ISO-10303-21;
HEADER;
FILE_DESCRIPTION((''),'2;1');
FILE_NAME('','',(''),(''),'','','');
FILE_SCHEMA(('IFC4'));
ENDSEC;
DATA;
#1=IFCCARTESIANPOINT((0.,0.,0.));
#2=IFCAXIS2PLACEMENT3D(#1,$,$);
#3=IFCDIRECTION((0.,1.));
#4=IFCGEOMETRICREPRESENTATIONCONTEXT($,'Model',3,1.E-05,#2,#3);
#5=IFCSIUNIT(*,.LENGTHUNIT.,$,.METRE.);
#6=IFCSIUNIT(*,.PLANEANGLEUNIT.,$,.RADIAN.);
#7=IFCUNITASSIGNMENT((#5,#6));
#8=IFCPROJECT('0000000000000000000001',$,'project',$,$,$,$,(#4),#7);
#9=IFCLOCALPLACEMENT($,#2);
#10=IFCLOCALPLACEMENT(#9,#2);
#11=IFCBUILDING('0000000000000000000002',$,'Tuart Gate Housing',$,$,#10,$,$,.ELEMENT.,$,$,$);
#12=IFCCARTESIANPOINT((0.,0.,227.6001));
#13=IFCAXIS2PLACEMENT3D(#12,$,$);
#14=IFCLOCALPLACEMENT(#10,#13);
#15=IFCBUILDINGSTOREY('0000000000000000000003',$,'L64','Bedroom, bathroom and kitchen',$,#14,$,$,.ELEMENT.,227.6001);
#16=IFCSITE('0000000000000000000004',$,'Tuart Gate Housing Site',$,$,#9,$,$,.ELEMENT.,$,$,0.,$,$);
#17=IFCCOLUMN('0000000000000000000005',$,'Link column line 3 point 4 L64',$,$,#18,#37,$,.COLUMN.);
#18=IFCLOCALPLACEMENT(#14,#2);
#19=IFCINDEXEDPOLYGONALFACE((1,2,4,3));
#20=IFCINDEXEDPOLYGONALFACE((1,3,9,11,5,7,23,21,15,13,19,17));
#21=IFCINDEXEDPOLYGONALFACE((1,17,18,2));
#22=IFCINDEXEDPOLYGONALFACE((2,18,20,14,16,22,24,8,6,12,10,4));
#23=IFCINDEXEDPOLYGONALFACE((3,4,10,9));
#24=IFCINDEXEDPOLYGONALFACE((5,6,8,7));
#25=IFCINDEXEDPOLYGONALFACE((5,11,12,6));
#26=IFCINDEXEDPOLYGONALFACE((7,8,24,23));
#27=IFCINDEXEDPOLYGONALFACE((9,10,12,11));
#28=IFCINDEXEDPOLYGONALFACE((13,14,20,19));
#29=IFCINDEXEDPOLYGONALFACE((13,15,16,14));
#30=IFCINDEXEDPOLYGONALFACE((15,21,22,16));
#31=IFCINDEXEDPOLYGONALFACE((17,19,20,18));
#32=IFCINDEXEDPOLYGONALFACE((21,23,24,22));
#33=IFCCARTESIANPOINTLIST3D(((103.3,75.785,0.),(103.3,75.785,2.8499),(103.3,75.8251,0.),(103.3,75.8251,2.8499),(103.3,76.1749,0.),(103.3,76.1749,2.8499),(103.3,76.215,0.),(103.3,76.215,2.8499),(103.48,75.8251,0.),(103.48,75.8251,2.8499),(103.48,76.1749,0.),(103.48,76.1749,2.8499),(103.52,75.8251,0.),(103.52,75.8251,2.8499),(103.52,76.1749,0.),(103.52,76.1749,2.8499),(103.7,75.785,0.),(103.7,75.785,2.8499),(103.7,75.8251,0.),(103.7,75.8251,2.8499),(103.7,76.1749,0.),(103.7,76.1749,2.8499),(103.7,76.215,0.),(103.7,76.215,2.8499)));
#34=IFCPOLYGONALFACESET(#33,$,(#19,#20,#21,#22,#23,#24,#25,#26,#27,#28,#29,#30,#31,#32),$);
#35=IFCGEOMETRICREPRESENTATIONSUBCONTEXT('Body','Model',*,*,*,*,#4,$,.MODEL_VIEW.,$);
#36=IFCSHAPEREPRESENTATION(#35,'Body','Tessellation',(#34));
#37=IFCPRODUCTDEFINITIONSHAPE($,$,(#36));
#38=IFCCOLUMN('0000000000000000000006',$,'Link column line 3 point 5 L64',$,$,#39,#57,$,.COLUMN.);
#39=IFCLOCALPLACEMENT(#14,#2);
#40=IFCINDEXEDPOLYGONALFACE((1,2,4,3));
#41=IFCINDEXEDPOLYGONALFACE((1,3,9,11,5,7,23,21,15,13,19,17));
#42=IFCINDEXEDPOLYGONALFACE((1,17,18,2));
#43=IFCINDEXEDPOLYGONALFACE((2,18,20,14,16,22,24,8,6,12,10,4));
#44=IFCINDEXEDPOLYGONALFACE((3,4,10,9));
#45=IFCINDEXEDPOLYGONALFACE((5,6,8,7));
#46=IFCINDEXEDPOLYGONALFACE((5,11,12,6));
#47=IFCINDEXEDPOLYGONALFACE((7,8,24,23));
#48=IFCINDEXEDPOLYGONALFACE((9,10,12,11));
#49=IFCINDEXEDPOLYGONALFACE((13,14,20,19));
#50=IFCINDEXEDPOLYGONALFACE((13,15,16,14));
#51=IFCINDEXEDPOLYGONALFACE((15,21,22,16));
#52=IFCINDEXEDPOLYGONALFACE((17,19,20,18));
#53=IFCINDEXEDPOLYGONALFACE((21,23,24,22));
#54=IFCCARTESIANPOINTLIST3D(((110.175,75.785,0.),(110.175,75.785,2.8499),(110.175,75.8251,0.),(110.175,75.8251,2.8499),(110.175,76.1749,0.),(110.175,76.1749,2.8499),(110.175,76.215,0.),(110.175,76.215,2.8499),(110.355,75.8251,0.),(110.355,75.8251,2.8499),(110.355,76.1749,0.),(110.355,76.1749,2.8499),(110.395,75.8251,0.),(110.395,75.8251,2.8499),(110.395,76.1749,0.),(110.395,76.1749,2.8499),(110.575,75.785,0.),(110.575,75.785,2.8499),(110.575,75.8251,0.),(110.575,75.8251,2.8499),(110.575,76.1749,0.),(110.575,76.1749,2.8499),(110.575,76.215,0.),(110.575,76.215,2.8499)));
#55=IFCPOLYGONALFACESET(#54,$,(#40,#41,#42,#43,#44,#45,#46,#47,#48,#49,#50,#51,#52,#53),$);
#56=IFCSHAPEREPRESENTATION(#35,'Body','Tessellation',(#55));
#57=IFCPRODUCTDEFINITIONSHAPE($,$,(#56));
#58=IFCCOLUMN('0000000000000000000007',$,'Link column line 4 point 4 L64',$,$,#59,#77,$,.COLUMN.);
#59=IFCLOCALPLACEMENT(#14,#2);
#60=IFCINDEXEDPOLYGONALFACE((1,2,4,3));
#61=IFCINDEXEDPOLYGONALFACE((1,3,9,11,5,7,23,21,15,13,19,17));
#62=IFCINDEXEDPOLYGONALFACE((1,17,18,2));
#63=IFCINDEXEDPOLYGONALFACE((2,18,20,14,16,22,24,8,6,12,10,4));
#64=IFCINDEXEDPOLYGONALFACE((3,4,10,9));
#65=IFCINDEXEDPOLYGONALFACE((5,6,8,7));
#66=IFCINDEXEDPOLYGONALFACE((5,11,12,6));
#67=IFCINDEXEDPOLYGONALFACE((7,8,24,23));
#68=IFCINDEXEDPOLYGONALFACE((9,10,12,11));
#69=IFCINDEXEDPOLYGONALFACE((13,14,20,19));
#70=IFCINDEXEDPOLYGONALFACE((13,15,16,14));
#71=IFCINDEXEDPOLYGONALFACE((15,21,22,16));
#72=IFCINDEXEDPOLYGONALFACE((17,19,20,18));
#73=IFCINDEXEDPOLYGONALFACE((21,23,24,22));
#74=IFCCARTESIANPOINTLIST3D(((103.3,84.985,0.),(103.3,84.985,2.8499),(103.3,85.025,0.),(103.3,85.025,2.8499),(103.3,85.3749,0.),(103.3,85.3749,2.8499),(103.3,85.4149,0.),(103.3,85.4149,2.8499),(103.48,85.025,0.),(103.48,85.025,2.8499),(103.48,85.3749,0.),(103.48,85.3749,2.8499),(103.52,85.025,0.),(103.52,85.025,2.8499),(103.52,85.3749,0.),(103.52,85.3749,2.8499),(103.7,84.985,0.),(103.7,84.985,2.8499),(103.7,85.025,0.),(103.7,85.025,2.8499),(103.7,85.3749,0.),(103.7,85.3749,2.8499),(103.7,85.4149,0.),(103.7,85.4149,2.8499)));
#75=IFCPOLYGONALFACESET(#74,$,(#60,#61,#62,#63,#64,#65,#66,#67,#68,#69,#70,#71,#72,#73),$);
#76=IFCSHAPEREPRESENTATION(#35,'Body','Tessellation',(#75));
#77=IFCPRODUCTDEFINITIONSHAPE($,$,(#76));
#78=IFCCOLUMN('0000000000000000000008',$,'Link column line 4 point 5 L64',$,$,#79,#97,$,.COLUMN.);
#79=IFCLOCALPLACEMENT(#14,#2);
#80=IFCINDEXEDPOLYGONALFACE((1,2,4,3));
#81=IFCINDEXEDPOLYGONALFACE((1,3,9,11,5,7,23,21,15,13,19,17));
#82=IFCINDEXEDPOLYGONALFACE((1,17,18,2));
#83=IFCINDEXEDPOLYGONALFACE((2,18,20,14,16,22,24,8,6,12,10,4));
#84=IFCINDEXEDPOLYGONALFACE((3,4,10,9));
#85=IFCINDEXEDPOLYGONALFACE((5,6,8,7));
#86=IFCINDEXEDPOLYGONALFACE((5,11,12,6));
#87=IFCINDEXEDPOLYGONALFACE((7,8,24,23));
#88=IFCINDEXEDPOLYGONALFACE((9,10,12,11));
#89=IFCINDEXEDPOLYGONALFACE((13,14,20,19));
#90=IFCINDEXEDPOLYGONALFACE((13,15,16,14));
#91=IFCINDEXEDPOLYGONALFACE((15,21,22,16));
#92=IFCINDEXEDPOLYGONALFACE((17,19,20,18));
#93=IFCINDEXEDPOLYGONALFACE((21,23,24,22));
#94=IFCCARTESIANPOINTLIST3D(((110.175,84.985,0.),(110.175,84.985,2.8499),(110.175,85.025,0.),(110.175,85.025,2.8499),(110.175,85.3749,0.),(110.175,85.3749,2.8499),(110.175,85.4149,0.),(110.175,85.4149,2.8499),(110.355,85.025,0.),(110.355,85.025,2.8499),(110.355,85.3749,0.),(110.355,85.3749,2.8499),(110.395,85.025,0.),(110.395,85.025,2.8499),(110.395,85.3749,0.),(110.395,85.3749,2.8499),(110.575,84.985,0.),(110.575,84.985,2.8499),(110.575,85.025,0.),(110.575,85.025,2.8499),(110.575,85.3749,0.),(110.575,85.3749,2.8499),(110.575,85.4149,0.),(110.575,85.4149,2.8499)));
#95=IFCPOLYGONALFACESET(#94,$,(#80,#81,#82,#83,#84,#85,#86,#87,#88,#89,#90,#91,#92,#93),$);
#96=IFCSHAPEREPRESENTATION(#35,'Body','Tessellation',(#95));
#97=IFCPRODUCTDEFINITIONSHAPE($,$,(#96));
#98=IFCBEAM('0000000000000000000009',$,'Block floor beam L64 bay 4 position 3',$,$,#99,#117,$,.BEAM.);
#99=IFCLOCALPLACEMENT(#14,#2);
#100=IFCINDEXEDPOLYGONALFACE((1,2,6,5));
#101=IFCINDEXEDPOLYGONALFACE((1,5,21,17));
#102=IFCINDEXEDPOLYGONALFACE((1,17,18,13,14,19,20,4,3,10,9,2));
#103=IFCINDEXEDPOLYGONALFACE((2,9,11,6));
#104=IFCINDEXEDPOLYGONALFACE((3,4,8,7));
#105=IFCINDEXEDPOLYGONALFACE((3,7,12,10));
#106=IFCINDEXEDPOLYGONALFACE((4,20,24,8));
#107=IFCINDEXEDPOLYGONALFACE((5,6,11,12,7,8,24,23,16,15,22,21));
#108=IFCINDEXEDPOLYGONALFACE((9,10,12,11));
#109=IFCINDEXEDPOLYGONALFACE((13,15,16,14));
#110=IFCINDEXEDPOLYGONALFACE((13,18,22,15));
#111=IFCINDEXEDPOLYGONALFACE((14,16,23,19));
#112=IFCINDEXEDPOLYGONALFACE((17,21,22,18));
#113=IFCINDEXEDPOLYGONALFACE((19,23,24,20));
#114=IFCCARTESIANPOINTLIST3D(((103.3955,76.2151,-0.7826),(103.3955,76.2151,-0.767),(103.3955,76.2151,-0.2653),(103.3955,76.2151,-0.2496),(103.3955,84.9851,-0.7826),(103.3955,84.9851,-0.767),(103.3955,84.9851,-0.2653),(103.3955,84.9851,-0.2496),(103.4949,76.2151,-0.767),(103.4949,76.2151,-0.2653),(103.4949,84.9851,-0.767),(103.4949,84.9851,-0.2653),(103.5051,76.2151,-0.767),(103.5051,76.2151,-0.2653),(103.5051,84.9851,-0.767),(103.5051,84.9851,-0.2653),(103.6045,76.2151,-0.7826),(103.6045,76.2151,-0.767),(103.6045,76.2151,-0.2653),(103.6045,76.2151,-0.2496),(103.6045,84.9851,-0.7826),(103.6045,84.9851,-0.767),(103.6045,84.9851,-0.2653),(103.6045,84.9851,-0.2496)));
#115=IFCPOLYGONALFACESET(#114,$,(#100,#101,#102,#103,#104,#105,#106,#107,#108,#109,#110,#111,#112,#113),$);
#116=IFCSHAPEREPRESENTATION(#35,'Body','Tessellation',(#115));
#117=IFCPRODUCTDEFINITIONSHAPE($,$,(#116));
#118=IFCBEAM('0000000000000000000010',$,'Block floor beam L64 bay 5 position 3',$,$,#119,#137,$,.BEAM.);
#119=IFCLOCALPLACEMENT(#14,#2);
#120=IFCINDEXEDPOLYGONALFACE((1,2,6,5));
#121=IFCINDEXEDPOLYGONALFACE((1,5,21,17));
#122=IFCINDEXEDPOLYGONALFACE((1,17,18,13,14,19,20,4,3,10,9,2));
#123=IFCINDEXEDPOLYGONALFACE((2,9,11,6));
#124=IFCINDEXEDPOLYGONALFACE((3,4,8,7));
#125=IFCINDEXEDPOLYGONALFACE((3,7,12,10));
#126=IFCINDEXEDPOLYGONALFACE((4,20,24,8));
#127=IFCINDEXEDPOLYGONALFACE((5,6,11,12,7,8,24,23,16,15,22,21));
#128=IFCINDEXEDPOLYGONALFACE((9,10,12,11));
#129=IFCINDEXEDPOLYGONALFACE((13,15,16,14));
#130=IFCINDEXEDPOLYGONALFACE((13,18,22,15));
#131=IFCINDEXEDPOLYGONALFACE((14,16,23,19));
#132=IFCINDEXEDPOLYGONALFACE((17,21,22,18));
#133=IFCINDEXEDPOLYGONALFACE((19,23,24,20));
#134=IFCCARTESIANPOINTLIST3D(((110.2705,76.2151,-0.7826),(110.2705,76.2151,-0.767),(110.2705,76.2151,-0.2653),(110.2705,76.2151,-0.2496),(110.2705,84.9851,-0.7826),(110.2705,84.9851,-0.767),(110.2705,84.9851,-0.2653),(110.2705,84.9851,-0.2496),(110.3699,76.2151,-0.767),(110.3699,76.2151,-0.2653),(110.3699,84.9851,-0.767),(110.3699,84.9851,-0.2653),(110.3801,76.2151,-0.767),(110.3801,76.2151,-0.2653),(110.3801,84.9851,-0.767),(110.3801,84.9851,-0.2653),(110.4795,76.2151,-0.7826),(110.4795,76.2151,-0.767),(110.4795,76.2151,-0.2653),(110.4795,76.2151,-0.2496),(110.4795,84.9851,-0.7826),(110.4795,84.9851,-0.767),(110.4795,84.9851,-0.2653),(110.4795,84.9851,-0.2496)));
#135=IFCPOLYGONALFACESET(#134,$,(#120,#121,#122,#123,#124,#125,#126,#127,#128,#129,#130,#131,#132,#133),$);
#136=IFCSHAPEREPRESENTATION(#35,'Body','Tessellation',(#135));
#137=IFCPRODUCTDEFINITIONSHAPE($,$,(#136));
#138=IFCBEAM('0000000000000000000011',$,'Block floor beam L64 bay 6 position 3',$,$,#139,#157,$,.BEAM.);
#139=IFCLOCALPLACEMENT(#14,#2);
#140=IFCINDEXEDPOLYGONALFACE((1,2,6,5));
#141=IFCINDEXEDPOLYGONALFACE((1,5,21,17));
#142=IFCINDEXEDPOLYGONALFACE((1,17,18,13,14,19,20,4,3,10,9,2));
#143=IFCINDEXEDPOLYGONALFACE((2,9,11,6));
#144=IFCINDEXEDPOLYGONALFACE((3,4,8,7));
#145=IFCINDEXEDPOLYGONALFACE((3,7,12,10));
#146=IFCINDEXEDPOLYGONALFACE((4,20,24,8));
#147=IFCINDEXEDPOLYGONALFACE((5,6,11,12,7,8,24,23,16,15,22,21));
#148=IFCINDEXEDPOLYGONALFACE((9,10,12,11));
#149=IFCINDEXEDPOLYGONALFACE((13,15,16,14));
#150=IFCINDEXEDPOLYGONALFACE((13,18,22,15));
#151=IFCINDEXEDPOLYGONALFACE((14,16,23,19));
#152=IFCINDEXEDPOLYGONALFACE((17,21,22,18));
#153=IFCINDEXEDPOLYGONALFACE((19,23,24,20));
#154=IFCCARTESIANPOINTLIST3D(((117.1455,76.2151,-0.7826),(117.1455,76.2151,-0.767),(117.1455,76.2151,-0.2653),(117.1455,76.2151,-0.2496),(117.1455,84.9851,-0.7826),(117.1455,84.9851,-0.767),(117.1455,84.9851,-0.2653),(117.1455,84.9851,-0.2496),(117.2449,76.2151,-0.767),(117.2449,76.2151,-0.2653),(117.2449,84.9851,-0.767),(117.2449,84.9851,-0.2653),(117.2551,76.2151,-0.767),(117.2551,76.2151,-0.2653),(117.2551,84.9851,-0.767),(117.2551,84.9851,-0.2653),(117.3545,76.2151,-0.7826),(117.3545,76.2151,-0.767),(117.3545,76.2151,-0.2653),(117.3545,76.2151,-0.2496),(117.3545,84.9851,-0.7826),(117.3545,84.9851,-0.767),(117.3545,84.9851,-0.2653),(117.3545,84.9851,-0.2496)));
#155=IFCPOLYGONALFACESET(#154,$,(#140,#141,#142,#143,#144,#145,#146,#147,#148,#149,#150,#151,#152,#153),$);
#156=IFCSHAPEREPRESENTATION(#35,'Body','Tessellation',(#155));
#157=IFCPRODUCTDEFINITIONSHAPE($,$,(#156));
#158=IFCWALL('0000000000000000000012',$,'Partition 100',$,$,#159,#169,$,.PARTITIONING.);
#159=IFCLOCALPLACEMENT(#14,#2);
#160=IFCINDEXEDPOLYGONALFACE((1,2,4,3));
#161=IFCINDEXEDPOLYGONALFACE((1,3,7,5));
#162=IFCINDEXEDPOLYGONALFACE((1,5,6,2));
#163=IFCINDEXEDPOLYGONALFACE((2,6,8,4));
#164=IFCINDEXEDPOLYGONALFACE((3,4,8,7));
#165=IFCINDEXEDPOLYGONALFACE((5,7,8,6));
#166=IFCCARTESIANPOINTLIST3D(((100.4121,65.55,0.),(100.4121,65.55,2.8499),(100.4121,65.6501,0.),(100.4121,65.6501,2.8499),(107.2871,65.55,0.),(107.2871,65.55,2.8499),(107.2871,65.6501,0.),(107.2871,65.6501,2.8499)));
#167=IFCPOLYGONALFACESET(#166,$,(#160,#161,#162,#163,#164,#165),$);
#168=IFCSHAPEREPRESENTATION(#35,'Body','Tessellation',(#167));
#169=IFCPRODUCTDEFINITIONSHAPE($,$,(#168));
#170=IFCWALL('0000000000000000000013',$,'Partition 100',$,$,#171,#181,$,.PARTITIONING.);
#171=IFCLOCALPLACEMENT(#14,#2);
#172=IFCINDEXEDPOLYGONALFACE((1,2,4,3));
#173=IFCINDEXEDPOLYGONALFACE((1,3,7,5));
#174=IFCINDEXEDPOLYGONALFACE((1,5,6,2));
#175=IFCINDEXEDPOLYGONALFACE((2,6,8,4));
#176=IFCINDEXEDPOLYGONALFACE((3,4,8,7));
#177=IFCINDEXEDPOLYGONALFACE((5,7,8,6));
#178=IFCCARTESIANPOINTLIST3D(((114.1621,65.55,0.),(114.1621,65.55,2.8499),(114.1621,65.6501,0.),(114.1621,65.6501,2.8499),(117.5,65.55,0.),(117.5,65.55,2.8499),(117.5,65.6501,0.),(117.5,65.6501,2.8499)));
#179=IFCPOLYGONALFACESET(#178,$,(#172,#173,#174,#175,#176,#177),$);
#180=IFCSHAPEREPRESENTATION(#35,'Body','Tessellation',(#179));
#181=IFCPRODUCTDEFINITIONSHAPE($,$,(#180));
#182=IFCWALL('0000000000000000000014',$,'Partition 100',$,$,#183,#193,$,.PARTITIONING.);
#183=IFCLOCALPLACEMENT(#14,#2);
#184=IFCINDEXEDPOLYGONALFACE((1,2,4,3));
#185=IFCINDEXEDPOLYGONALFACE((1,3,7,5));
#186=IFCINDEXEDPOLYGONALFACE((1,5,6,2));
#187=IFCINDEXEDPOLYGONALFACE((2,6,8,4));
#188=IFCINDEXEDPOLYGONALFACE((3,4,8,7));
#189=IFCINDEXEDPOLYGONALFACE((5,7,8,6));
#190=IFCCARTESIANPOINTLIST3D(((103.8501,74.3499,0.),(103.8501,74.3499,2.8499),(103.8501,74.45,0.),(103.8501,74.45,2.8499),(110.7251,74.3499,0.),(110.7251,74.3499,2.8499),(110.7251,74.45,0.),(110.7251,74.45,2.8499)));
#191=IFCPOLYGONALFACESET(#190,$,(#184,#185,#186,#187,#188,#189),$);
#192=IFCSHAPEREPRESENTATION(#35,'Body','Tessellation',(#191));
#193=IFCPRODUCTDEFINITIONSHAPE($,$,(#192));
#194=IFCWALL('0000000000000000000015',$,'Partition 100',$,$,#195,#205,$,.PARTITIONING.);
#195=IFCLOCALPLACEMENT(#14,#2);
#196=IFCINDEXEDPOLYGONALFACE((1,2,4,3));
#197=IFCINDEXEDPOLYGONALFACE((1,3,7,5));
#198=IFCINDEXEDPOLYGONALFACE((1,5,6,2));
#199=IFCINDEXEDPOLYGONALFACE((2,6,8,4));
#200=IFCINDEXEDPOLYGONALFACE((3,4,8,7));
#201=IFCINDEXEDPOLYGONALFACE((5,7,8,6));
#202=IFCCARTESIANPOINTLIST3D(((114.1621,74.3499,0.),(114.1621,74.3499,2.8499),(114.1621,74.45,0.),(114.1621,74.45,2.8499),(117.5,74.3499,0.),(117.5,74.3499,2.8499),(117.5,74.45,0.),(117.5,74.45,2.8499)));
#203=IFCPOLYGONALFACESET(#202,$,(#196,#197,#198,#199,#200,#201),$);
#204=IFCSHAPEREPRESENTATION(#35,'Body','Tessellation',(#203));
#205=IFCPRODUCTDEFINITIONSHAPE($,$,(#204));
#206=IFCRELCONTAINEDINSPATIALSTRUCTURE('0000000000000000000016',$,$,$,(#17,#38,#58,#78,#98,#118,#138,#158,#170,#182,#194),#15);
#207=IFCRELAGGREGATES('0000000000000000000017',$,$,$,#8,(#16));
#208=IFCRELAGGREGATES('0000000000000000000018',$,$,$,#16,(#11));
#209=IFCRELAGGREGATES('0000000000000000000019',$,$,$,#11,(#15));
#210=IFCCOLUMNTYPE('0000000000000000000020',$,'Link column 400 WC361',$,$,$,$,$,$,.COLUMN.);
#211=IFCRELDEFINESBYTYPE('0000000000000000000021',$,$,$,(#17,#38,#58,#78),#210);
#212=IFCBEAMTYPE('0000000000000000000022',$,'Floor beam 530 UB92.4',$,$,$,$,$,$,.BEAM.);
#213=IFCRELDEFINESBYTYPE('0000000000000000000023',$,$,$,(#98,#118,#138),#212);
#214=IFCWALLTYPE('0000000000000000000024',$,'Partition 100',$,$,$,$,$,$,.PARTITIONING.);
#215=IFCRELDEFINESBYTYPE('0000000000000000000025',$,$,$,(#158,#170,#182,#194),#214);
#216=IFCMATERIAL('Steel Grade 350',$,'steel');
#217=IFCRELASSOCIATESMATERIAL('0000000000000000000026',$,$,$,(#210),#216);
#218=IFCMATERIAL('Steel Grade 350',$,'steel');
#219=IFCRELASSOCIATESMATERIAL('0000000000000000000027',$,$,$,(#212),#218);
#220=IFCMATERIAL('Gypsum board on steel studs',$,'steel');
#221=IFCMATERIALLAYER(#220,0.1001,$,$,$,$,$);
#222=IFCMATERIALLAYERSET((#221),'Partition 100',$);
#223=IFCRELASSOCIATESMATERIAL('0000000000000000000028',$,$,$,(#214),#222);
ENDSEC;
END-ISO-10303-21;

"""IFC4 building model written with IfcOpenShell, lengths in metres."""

from ifc_helpers import new_model, si_unit, direction, frame, frame_2d, origin, origin_2d, place, context, subcontext, project, spatial, rectangle, i_section, extrude, material, layer, layer_set, material_profile, profile_set, type_object, element, save


model = new_model("IFC4")

# Units and contexts
model_context = context("Model", 3, precision=1e-05, world=origin(), true_north=direction((0.0, 1.0)))
body_context = subcontext(model_context, "Body", "Model", "MODEL_VIEW")
ifc_project = project(units=[si_unit("LENGTHUNIT", "METRE"), si_unit("PLANEANGLEUNIT", "RADIAN")], contexts=[model_context])

# Site, building, storey
site_placement = place(None, origin())
site = spatial("IfcSite", under=ifc_project, at=site_placement, Name="Tuart Gate Housing Site", CompositionType="ELEMENT", RefElevation=0.0)
building_placement = place(site_placement, origin())
building = spatial("IfcBuilding", under=site, at=building_placement, Name="Tuart Gate Housing", CompositionType="ELEMENT")
storey_placement = place(building_placement, frame((0.0, 0.0, 227.6001)))
storey = spatial("IfcBuildingStorey", under=building, at=storey_placement, Name="L64", Description="Bedroom, bathroom and kitchen", CompositionType="ELEMENT", Elevation=227.6001)

# Columns
ifc_material_1 = material(Name="Steel Grade 350", Category="steel")
ifc_material_profile_1 = material_profile(ifc_material_1, i_section(OverallWidth=0.3999, OverallDepth=0.4299, WebThickness=0.04, FlangeThickness=0.04, at=origin_2d()), Name="400WC361")
ifc_profile_set_1 = profile_set([ifc_material_profile_1], Name="Steel Grade 350")
column_type = type_object("IfcColumnType", Name="Link column 400 WC361", PredefinedType="COLUMN", material=ifc_profile_set_1)
for number, where, z_axis, x_axis, name in (
    (1, (103.5, 76.0, 0.0), (0.0, 0.0, 1.0), (1.0, 0.0, 0.0), "Link column line 3 point 4 L64"),
    (2, (110.375, 76.0, 0.0), (0.0, 0.0, 1.0), (1.0, 0.0, 0.0), "Link column line 3 point 5 L64"),
    (3, (103.5, 85.2, 0.0), (0.0, 0.0, 1.0), (1.0, 0.0, 0.0), "Link column line 4 point 4 L64"),
    (4, (110.375, 85.2, 0.0), (0.0, 0.0, 1.0), (1.0, 0.0, 0.0), "Link column line 4 point 5 L64"),
):
    element("IfcColumn", number, at=place(storey_placement, frame(where, z_axis=z_axis, x_axis=x_axis)), inside=storey, type_object=column_type, Name=name, PredefinedType="COLUMN", context=body_context, shape_type="SweptSolid", body=[
        extrude(i_section(OverallWidth=0.3999, OverallDepth=0.4299, WebThickness=0.04, FlangeThickness=0.04, at=origin_2d()), origin(), (0.0, 0.0, 1.0), 2.8499),
    ])

# Beams
ifc_material_2 = material(Name="Steel Grade 350", Category="steel")
ifc_material_profile_2 = material_profile(ifc_material_2, i_section(OverallWidth=0.209, OverallDepth=0.533, WebThickness=0.0103, FlangeThickness=0.0156, at=origin_2d()), Name="530UB92.4")
ifc_profile_set_2 = profile_set([ifc_material_profile_2], Name="Steel Grade 350")
beam_type = type_object("IfcBeamType", Name="Floor beam 530 UB92.4", PredefinedType="BEAM", material=ifc_profile_set_2)
for number, where, z_axis, x_axis, name in (
    (5, (103.5, 76.2151, -0.5161), (0.0, 1.0, 0.0), (-1.0, 0.0, 0.0), "Block floor beam L64 bay 4 position 3"),
    (6, (110.375, 76.2151, -0.5161), (0.0, 1.0, 0.0), (-1.0, 0.0, 0.0), "Block floor beam L64 bay 5 position 3"),
    (7, (117.25, 76.2151, -0.5161), (0.0, 1.0, 0.0), (-1.0, 0.0, 0.0), "Block floor beam L64 bay 6 position 3"),
):
    element("IfcBeam", number, at=place(storey_placement, frame(where, z_axis=z_axis, x_axis=x_axis)), inside=storey, type_object=beam_type, Name=name, PredefinedType="BEAM", context=body_context, shape_type="SweptSolid", body=[
        extrude(i_section(OverallWidth=0.209, OverallDepth=0.533, WebThickness=0.0103, FlangeThickness=0.0156, at=origin_2d()), origin(), (0.0, 0.0, 1.0), 8.77),
    ])

# Walls
ifc_material_3 = material(Name="Gypsum board on steel studs", Category="steel")
ifc_layer_1 = layer(ifc_material_3, 0.1001)
ifc_layer_set_1 = layer_set([ifc_layer_1], Name="Partition 100")
wall_type_1 = type_object("IfcWallType", Name="Partition 100", PredefinedType="PARTITIONING", material=ifc_layer_set_1)
wall_1_placement = place(storey_placement, frame((100.4121, 65.6001, 0.0), z_axis=(0.0, 0.0, 1.0), x_axis=(1.0, 0.0, 0.0)))
element("IfcWall", 8, at=wall_1_placement, inside=storey, type_object=wall_type_1, Name="Partition 100", PredefinedType="PARTITIONING", context=body_context, shape_type="SweptSolid", body=[
    extrude(rectangle(XDim=6.875, YDim=0.1001, at=frame_2d((3.4375, 0.0))), origin(), (0.0, 0.0, 1.0), 2.8499),
])
wall_2_placement = place(storey_placement, frame((114.1621, 65.6001, 0.0), z_axis=(0.0, 0.0, 1.0), x_axis=(1.0, 0.0, 0.0)))
element("IfcWall", 9, at=wall_2_placement, inside=storey, type_object=wall_type_1, Name="Partition 100", PredefinedType="PARTITIONING", context=body_context, shape_type="SweptSolid", body=[
    extrude(rectangle(XDim=3.3379, YDim=0.1001, at=frame_2d((1.6689, 0.0))), origin(), (0.0, 0.0, 1.0), 2.8499),
])
wall_3_placement = place(storey_placement, frame((103.8501, 74.3999, 0.0), z_axis=(0.0, 0.0, 1.0), x_axis=(1.0, 0.0, 0.0)))
element("IfcWall", 10, at=wall_3_placement, inside=storey, type_object=wall_type_1, Name="Partition 100", PredefinedType="PARTITIONING", context=body_context, shape_type="SweptSolid", body=[
    extrude(rectangle(XDim=6.875, YDim=0.1001, at=frame_2d((3.4375, 0.0))), origin(), (0.0, 0.0, 1.0), 2.8499),
])
wall_4_placement = place(storey_placement, frame((114.1621, 74.3999, 0.0), z_axis=(0.0, 0.0, 1.0), x_axis=(1.0, 0.0, 0.0)))
element("IfcWall", 11, at=wall_4_placement, inside=storey, type_object=wall_type_1, Name="Partition 100", PredefinedType="PARTITIONING", context=body_context, shape_type="SweptSolid", body=[
    extrude(rectangle(XDim=3.3379, YDim=0.1001, at=frame_2d((1.6689, 0.0))), origin(), (0.0, 0.0, 1.0), 2.8499),
])

save(model, "model.ifc")
